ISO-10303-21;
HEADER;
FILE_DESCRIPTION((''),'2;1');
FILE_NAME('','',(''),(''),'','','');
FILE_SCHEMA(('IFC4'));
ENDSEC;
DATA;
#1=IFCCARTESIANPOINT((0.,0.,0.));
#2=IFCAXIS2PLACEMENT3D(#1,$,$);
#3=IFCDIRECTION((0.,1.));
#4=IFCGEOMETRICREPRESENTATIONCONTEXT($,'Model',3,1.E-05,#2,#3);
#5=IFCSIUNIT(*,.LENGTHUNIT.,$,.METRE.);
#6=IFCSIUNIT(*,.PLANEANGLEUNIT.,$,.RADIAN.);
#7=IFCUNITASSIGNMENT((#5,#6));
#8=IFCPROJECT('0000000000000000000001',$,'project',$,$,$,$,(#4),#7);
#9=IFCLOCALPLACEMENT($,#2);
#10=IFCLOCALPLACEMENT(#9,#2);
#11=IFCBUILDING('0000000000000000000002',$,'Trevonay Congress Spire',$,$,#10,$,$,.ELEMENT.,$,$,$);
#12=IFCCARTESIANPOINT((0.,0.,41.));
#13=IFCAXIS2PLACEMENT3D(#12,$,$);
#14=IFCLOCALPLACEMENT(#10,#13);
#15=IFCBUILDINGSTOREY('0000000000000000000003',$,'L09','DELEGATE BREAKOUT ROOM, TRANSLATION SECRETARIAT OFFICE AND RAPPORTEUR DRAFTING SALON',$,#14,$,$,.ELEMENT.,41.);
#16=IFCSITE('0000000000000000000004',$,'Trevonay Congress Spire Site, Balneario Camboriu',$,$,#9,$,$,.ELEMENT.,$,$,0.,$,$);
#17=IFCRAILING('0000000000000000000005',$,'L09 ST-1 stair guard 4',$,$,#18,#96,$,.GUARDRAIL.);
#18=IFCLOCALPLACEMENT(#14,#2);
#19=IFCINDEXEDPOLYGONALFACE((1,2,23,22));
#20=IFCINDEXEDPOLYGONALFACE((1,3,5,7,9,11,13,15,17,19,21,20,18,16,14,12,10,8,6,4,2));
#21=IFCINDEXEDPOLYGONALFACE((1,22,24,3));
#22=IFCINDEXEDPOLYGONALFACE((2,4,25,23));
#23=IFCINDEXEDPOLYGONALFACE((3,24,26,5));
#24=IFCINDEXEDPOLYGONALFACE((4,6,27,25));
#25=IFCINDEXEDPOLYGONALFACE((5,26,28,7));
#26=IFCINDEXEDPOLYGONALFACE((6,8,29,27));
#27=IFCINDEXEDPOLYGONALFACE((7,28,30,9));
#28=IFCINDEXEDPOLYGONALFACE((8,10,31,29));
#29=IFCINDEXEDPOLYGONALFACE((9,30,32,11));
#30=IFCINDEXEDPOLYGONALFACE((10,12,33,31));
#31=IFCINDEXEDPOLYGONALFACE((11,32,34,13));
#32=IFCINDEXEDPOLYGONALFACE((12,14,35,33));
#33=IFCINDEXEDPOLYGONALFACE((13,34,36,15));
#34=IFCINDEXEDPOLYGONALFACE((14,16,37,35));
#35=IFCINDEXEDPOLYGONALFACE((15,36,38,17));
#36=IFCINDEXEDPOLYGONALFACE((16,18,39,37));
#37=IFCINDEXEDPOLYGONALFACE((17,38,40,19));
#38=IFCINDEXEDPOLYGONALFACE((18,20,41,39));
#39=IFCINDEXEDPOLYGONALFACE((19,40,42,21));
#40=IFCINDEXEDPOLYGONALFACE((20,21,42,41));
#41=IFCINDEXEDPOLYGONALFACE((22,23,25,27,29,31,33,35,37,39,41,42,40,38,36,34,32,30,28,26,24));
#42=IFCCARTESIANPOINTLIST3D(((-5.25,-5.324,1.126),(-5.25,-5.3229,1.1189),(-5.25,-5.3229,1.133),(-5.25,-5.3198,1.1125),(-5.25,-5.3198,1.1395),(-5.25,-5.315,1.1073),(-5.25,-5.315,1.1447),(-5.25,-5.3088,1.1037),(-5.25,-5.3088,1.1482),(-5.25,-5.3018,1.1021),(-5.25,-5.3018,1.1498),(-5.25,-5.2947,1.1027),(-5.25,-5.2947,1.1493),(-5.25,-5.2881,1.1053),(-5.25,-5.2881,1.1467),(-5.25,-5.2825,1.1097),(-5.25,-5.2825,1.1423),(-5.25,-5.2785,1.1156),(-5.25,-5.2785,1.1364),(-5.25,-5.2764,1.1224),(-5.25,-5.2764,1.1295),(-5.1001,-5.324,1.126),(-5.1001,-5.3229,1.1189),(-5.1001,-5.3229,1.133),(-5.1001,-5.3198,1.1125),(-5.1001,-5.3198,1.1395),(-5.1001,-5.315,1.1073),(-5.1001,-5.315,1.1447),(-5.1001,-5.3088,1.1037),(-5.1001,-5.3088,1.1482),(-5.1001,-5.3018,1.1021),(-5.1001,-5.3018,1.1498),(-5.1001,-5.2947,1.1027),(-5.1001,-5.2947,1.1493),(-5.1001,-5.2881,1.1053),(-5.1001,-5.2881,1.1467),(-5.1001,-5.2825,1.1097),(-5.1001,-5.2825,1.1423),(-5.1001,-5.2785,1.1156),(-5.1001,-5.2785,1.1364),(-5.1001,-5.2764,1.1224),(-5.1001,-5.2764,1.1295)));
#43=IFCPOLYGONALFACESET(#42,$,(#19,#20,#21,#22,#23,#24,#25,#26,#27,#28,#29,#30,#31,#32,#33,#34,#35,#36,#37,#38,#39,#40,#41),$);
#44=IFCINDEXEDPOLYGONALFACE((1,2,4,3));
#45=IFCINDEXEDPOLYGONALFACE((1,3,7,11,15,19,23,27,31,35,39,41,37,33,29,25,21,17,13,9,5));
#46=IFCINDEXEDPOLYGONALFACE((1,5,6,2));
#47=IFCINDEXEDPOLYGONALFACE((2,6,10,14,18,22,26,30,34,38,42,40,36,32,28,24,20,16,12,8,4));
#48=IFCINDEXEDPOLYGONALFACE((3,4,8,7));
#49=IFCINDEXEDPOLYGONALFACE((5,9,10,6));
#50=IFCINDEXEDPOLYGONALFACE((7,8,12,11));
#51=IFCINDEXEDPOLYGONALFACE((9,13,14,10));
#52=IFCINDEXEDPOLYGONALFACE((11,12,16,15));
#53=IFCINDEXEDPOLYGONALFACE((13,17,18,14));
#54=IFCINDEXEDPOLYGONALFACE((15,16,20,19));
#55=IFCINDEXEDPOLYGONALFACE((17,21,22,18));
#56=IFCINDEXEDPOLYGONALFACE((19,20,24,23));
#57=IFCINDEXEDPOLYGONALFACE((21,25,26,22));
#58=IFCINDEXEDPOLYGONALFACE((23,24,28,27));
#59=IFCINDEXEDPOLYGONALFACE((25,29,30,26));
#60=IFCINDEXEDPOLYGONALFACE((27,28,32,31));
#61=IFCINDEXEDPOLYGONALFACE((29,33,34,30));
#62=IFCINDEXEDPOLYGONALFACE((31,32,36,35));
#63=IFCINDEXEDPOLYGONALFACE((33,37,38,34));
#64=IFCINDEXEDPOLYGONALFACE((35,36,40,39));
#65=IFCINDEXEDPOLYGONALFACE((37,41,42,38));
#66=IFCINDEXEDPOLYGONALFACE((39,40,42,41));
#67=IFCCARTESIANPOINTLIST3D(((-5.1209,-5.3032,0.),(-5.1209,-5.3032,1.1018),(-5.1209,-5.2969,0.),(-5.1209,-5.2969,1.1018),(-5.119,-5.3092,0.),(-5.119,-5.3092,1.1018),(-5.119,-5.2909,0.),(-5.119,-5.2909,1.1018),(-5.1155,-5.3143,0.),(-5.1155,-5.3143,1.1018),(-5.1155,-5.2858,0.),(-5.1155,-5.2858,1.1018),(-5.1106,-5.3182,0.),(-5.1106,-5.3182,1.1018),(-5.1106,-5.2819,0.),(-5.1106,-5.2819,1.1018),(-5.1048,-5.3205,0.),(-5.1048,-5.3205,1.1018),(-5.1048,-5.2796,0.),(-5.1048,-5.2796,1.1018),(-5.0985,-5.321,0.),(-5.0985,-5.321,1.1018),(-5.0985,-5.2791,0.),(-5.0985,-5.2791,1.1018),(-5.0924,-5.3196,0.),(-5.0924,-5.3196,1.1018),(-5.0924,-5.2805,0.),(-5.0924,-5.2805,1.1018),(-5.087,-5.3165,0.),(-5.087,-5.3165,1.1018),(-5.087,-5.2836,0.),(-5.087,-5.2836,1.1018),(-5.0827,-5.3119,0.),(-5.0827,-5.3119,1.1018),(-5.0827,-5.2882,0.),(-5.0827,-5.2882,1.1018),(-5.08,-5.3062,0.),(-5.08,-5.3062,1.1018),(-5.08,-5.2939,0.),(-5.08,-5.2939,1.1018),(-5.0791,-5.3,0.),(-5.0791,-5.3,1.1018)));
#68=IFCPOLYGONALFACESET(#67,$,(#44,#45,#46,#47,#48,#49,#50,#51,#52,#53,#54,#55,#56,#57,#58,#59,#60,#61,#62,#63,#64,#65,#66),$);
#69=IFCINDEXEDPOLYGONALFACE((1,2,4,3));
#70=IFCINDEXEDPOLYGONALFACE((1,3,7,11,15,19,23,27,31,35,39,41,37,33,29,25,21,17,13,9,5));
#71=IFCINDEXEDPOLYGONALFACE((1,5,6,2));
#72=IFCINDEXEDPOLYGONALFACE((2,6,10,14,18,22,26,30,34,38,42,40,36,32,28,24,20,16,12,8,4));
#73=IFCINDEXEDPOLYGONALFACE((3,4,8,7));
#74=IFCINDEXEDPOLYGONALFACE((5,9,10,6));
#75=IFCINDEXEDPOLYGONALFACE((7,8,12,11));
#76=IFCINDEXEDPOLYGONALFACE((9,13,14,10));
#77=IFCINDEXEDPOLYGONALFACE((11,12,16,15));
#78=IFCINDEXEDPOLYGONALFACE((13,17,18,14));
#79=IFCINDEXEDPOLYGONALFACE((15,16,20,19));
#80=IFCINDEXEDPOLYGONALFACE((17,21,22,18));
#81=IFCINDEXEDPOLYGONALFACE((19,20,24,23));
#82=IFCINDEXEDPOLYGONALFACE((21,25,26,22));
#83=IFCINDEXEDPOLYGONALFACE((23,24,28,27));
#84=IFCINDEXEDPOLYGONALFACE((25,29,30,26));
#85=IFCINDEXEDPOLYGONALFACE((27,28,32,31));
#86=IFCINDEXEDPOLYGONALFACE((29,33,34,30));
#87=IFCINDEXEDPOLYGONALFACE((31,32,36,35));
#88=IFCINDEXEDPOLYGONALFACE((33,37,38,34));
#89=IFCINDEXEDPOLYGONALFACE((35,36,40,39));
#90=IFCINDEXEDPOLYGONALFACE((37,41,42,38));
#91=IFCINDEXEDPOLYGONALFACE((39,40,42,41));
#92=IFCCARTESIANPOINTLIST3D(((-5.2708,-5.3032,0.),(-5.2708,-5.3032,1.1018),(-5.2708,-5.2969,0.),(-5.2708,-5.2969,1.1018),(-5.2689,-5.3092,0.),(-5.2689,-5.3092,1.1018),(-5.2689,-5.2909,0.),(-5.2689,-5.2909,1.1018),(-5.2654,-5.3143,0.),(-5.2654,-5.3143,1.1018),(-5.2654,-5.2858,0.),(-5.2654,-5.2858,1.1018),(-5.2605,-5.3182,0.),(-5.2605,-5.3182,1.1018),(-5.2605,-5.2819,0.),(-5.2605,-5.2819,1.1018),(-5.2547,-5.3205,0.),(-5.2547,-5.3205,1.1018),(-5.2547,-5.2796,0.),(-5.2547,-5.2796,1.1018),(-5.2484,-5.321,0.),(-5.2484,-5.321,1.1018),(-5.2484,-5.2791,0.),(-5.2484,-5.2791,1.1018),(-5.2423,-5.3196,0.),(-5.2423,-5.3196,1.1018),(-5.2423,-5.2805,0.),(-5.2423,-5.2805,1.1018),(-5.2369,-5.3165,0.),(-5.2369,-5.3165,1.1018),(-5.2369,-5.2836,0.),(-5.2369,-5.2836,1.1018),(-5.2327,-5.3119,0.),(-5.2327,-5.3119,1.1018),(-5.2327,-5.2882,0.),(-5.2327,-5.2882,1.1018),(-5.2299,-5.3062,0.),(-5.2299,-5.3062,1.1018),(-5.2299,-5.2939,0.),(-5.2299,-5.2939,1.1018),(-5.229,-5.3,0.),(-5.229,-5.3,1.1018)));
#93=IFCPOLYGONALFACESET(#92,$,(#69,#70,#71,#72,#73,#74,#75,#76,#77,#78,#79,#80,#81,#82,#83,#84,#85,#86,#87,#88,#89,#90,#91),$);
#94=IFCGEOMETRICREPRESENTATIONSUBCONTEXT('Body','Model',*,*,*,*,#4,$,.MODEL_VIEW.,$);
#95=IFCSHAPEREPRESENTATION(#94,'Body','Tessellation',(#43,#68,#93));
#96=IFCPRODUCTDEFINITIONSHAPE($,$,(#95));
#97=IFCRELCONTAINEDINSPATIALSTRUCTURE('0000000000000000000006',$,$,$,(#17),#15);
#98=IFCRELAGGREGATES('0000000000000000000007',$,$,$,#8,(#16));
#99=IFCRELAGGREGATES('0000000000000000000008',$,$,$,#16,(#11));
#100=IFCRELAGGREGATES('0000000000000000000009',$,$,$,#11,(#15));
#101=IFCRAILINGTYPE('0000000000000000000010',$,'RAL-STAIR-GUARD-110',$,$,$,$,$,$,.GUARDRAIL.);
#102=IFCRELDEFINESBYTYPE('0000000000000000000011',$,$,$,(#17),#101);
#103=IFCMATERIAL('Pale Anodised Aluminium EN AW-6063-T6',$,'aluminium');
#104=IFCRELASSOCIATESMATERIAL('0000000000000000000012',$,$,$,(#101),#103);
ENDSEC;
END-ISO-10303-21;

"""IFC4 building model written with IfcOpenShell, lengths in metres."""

from ifc_helpers import new_model, si_unit, direction, frame, origin, origin_2d, place, context, subcontext, project, spatial, circle, extrude, material, type_object, element, save


model = new_model("IFC4")

# Units and contexts
model_context = context("Model", 3, precision=1e-05, world=origin(), true_north=direction((0.0, 1.0)))
body_context = subcontext(model_context, "Body", "Model", "MODEL_VIEW")
ifc_project = project(units=[si_unit("LENGTHUNIT", "METRE"), si_unit("PLANEANGLEUNIT", "RADIAN")], contexts=[model_context])

# Site, building, storey
site_placement = place(None, origin())
site = spatial("IfcSite", under=ifc_project, at=site_placement, Name="Trevonay Congress Spire Site, Balneario Camboriu", CompositionType="ELEMENT", RefElevation=0.0)
building_placement = place(site_placement, origin())
building = spatial("IfcBuilding", under=site, at=building_placement, Name="Trevonay Congress Spire", CompositionType="ELEMENT")
storey_placement = place(building_placement, frame((0.0, 0.0, 41.0)))
storey = spatial("IfcBuildingStorey", under=building, at=storey_placement, Name="L09", Description="DELEGATE BREAKOUT ROOM, TRANSLATION SECRETARIAT OFFICE AND RAPPORTEUR DRAFTING SALON", CompositionType="ELEMENT", Elevation=41.0)

# Shared definitions
ifc_material_1 = material(Name="Pale Anodised Aluminium EN AW-6063-T6", Category="aluminium")

# Railing
railing_type_1 = type_object("IfcRailingType", Name="RAL-STAIR-GUARD-110", PredefinedType="GUARDRAIL", material=ifc_material_1)
railing_1_placement = place(storey_placement, frame((-5.1001, -5.3, 0.0)))
element("IfcRailing", 1, at=railing_1_placement, inside=storey, type_object=railing_type_1, Name="L09 ST-1 stair guard 4", PredefinedType="GUARDRAIL", context=body_context, shape_type="SweptSolid", body=[
    extrude(circle(Radius=0.0239, at=origin_2d()), frame((0.0, 0.0, 1.126), z_axis=(-1.0, 0.0, 0.0), x_axis=(0.0, -1.0, 0.0)), (0.0, 0.0, 1.0), 0.1499),
    extrude(circle(Radius=0.021, at=origin_2d()), origin(), (0.0, 0.0, 1.0), 1.1018),
    extrude(circle(Radius=0.021, at=origin_2d()), frame((-0.1499, 0.0, 0.0)), (0.0, 0.0, 1.0), 1.1018),
])

save(model, "model.ifc")
